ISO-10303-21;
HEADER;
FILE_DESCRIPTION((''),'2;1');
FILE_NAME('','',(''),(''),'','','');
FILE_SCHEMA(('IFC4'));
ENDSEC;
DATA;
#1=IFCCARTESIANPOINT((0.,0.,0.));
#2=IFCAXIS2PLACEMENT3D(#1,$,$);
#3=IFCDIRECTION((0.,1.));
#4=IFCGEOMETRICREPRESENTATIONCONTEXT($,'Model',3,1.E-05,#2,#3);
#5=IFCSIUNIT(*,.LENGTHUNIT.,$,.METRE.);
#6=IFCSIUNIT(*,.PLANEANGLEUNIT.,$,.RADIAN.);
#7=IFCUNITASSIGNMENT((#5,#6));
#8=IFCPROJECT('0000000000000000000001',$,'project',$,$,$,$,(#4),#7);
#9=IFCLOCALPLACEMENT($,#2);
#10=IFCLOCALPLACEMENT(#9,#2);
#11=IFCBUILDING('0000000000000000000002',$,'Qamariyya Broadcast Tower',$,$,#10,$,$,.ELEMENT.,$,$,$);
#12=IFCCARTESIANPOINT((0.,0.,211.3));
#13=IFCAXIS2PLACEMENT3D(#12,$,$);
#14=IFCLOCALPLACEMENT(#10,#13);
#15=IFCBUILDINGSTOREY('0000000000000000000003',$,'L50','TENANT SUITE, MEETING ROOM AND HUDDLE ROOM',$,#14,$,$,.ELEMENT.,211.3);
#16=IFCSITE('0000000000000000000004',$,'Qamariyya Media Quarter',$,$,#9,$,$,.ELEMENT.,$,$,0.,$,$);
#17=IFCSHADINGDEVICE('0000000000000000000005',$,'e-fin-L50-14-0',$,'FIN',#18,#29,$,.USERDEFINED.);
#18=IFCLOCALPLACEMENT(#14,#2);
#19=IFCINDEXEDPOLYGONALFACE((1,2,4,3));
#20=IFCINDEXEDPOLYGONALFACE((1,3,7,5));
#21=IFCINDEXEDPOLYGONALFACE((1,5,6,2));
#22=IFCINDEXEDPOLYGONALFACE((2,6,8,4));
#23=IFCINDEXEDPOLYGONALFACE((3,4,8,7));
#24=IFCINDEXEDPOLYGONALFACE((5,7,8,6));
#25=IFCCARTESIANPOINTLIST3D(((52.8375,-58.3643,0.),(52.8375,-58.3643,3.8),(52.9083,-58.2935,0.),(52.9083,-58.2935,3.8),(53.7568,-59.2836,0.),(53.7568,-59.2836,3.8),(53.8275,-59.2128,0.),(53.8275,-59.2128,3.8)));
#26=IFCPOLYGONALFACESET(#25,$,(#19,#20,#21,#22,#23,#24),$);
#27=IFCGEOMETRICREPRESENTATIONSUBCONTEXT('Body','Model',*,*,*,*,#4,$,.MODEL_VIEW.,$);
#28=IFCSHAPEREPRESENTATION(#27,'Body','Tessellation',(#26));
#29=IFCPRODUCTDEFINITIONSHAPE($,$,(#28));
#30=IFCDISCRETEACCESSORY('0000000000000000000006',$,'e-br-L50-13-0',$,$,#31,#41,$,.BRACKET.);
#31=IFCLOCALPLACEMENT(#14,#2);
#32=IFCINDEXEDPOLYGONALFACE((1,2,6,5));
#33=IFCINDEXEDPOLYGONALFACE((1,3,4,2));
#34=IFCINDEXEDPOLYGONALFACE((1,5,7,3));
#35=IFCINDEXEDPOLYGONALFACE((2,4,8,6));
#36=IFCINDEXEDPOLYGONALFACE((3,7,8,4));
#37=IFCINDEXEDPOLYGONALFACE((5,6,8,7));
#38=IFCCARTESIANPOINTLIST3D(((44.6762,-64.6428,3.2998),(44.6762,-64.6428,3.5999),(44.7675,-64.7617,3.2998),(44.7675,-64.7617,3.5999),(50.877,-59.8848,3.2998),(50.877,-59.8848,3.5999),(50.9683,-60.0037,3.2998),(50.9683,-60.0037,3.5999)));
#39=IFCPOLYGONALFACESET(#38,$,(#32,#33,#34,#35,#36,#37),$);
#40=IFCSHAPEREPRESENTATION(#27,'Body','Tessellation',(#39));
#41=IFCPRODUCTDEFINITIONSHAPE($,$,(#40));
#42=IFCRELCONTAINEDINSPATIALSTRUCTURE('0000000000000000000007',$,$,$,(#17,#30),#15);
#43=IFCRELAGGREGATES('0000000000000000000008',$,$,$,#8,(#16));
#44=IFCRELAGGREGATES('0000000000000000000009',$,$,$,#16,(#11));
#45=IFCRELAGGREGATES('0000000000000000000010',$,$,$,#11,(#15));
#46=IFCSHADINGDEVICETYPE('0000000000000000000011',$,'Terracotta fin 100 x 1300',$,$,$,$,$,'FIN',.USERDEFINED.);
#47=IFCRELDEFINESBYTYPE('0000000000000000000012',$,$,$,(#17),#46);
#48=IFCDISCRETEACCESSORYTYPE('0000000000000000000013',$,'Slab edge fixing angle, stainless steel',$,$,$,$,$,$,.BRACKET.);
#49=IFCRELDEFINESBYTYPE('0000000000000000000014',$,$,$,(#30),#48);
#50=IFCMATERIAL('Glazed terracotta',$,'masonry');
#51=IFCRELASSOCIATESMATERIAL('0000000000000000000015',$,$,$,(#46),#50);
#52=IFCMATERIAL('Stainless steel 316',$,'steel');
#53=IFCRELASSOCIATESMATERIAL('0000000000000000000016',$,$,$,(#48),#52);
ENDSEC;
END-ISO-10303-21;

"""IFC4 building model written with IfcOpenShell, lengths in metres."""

from ifc_helpers import new_model, si_unit, direction, frame, origin, origin_2d, place, context, subcontext, project, spatial, rectangle, extrude, material, material_profile, profile_set, type_object, element, save


model = new_model("IFC4")

# Units and contexts
model_context = context("Model", 3, precision=1e-05, world=origin(), true_north=direction((0.0, 1.0)))
body_context = subcontext(model_context, "Body", "Model", "MODEL_VIEW")
ifc_project = project(units=[si_unit("LENGTHUNIT", "METRE"), si_unit("PLANEANGLEUNIT", "RADIAN")], contexts=[model_context])

# Site, building, storey
site_placement = place(None, origin())
site = spatial("IfcSite", under=ifc_project, at=site_placement, Name="Qamariyya Media Quarter", CompositionType="ELEMENT", RefElevation=0.0)
building_placement = place(site_placement, origin())
building = spatial("IfcBuilding", under=site, at=building_placement, Name="Qamariyya Broadcast Tower", CompositionType="ELEMENT")
storey_placement = place(building_placement, frame((0.0, 0.0, 211.3)))
storey = spatial("IfcBuildingStorey", under=building, at=storey_placement, Name="L50", Description="TENANT SUITE, MEETING ROOM AND HUDDLE ROOM", CompositionType="ELEMENT", Elevation=211.3)

# Shading device
ifc_material_1 = material(Name="Glazed terracotta", Category="masonry")
ifc_material_profile_1 = material_profile(ifc_material_1, rectangle(XDim=1.3, YDim=0.1001, at=origin_2d()))
ifc_profile_set_1 = profile_set([ifc_material_profile_1], Name="Glazed terracotta")
shading_device_type_1 = type_object("IfcShadingDeviceType", Name="Terracotta fin 100 x 1300", ElementType="FIN", PredefinedType="USERDEFINED", material=ifc_profile_set_1)
for number, where, z_axis, x_axis, name in (
    (1, (53.3325, -58.7886, 0.0), (0.0, 0.0, 1.0), (0.707107, -0.707107, 0.0), "e-fin-L50-14-0"),
):
    element("IfcShadingDevice", number, at=place(storey_placement, frame(where, z_axis=z_axis, x_axis=x_axis)), inside=storey, type_object=shading_device_type_1, Name=name, ObjectType="FIN", PredefinedType="USERDEFINED", context=body_context, shape_type="SweptSolid", body=[
        extrude(rectangle(XDim=1.3, YDim=0.1001, at=origin_2d()), origin(), (0.0, 0.0, 1.0), 3.8),
    ])

# Discrete accessory
ifc_material_2 = material(Name="Stainless steel 316", Category="steel")
discrete_accessory_type = type_object("IfcDiscreteAccessoryType", Name="Slab edge fixing angle, stainless steel", PredefinedType="BRACKET", material=ifc_material_2)
discrete_accessory_placement = place(storey_placement, frame((47.8223, -62.3232, 3.2998), z_axis=(0.0, 0.0, 1.0), x_axis=(0.793353, 0.608761, 0.0)))
element("IfcDiscreteAccessory", 2, at=discrete_accessory_placement, inside=storey, type_object=discrete_accessory_type, Name="e-br-L50-13-0", PredefinedType="BRACKET", context=body_context, shape_type="SweptSolid", body=[
    extrude(rectangle(XDim=7.8159, YDim=0.1499, at=origin_2d()), origin(), (0.0, 0.0, 1.0), 0.3),
])

save(model, "model.ifc")
